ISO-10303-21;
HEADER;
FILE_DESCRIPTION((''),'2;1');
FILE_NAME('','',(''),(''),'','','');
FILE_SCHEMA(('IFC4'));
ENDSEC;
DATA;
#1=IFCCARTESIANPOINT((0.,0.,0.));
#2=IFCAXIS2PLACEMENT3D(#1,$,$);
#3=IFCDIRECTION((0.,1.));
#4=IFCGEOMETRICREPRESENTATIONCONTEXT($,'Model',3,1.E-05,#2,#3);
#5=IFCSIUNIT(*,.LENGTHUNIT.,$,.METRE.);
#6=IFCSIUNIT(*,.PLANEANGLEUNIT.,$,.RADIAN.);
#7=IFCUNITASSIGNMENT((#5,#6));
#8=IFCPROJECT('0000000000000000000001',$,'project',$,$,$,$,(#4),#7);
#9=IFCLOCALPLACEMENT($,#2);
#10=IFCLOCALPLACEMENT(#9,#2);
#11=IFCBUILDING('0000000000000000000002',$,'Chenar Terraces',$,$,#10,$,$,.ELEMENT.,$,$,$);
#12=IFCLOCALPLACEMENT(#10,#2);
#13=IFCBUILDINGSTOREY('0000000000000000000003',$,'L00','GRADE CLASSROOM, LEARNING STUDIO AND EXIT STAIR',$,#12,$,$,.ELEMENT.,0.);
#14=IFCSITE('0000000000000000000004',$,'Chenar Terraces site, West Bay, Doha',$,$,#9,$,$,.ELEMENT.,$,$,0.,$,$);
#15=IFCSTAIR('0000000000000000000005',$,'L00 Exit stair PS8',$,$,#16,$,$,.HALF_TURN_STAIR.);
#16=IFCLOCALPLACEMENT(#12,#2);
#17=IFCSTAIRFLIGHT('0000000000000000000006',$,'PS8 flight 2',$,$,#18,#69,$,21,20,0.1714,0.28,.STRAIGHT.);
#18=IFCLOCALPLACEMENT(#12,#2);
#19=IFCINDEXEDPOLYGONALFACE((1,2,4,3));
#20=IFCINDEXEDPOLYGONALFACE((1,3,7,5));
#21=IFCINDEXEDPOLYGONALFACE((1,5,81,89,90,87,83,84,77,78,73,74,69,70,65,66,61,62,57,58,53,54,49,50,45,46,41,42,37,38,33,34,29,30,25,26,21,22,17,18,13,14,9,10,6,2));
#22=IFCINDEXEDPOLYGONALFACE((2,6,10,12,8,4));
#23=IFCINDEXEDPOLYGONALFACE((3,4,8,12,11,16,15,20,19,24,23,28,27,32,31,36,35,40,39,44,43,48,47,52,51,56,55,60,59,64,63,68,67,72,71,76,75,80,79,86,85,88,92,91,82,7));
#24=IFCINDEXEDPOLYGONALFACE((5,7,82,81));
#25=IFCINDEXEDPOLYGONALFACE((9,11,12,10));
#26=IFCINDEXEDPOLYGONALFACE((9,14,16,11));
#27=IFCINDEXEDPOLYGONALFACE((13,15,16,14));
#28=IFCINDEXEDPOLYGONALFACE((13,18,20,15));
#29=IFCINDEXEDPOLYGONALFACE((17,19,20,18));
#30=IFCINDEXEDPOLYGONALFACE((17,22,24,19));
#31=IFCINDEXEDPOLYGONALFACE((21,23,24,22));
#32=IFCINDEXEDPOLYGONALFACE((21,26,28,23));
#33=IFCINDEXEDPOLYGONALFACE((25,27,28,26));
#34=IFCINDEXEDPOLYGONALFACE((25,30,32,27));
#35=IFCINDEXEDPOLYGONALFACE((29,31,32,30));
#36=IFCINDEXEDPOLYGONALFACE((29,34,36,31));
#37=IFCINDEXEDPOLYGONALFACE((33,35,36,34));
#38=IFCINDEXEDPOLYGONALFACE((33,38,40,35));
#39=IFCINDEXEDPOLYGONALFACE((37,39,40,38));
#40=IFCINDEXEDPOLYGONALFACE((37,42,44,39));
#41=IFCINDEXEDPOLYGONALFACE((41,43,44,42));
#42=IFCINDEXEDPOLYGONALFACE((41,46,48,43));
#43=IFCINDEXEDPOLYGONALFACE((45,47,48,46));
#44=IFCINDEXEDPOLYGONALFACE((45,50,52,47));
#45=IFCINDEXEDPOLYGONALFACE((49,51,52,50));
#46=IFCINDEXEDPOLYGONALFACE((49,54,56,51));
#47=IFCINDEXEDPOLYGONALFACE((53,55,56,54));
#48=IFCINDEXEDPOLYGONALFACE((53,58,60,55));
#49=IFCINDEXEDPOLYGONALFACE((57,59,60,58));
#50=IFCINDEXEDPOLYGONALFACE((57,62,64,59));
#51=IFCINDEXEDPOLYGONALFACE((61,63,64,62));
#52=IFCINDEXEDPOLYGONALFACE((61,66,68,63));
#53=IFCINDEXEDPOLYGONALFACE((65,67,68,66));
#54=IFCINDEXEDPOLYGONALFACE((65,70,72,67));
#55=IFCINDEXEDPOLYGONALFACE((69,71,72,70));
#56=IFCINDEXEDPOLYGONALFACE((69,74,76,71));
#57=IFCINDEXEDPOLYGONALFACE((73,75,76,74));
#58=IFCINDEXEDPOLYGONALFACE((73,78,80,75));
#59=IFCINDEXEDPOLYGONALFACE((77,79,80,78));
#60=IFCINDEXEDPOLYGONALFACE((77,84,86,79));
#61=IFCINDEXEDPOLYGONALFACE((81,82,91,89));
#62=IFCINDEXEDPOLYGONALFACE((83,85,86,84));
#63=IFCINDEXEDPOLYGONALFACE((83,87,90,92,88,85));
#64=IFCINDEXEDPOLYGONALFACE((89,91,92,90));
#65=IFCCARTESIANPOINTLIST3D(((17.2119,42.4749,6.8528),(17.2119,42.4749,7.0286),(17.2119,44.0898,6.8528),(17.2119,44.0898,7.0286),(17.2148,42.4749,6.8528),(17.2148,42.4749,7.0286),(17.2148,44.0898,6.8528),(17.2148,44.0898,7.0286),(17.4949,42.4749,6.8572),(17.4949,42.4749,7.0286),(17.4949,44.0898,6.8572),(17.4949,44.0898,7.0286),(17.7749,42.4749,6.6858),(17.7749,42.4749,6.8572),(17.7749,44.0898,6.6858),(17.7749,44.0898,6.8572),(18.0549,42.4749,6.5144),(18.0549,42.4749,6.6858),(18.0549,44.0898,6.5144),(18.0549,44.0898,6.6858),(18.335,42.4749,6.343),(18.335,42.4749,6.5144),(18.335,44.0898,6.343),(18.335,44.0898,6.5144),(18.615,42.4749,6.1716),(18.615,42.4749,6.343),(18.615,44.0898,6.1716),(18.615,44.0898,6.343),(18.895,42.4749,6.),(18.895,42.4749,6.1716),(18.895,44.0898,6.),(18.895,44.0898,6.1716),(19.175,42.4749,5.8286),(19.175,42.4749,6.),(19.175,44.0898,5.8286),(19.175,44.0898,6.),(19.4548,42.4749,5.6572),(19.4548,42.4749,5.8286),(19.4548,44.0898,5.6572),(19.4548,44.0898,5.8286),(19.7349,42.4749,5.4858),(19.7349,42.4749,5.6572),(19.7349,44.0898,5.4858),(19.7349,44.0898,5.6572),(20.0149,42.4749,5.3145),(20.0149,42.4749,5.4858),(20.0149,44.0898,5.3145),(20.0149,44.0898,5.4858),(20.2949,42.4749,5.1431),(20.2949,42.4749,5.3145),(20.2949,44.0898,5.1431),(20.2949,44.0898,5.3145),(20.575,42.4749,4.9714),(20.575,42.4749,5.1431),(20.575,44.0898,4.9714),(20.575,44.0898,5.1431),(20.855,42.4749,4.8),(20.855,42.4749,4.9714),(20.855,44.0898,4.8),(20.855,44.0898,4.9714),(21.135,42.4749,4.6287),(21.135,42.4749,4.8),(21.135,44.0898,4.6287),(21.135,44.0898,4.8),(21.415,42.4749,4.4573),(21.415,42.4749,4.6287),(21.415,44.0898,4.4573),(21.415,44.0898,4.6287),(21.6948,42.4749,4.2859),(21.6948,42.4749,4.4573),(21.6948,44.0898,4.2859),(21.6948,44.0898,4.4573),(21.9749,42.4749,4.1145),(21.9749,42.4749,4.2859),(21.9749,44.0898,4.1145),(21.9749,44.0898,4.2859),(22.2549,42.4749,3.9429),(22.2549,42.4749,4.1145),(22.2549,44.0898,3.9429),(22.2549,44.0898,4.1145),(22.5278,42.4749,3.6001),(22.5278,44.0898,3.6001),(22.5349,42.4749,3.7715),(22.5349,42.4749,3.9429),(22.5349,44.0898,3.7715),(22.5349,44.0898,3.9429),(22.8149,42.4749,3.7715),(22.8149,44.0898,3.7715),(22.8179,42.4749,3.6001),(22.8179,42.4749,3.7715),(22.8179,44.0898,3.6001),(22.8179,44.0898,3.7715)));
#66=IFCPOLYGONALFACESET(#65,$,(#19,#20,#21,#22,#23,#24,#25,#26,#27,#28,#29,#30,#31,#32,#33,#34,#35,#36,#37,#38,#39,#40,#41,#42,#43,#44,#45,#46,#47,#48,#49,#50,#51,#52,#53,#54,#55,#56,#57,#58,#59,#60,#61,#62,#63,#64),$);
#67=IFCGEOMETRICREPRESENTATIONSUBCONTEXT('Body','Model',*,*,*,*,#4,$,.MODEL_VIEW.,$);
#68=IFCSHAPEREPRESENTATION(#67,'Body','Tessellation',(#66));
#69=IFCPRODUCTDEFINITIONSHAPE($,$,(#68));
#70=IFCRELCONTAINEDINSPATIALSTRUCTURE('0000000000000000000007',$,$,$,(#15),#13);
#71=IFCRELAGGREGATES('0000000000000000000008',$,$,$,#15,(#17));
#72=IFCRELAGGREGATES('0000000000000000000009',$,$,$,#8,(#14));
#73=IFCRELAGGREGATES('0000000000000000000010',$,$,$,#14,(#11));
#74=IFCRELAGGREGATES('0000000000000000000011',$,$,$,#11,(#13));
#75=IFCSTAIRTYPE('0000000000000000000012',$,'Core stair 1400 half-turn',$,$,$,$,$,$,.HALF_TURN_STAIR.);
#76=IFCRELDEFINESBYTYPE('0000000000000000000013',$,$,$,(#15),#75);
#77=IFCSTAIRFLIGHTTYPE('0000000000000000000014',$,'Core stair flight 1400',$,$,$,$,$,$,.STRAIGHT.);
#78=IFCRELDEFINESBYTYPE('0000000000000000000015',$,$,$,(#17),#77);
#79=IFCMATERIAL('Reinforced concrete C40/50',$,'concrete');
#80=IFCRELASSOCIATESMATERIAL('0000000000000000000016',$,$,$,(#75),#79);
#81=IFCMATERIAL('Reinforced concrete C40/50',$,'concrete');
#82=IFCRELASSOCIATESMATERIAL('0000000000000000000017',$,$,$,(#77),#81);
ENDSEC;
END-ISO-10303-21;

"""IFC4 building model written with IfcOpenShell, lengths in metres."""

from ifc_helpers import new_model, si_unit, direction, frame, origin, place, context, subcontext, project, spatial, polyline, outline, extrude, material, type_object, element, aggregate, save


model = new_model("IFC4")

# Units and contexts
model_context = context("Model", 3, precision=1e-05, world=origin(), true_north=direction((0.0, 1.0)))
body_context = subcontext(model_context, "Body", "Model", "MODEL_VIEW")
ifc_project = project(units=[si_unit("LENGTHUNIT", "METRE"), si_unit("PLANEANGLEUNIT", "RADIAN")], contexts=[model_context])

# Site, building, storey
site_placement = place(None, origin())
site = spatial("IfcSite", under=ifc_project, at=site_placement, Name="Chenar Terraces site, West Bay, Doha", CompositionType="ELEMENT", RefElevation=0.0)
building_placement = place(site_placement, origin())
building = spatial("IfcBuilding", under=site, at=building_placement, Name="Chenar Terraces", CompositionType="ELEMENT")
storey_placement = place(building_placement, origin())
storey = spatial("IfcBuildingStorey", under=building, at=storey_placement, Name="L00", Description="GRADE CLASSROOM, LEARNING STUDIO AND EXIT STAIR", CompositionType="ELEMENT", Elevation=0.0)

# Stair, stair flight
ifc_material_1 = material(Name="Reinforced concrete C40/50", Category="concrete")
stair_type = type_object("IfcStairType", Name="Core stair 1400 half-turn", PredefinedType="HALF_TURN_STAIR", material=ifc_material_1)
placement = place(storey_placement, origin())
ifc_material_2 = material(Name="Reinforced concrete C40/50", Category="concrete")
stair_flight_type = type_object("IfcStairFlightType", Name="Core stair flight 1400", PredefinedType="STRAIGHT", material=ifc_material_2)
stair_1 = element("IfcStair", 1, at=placement, inside=storey, type_object=stair_type, Name="L00 Exit stair PS8", PredefinedType="HALF_TURN_STAIR")
stair_flight_1_placement = place(storey_placement, frame((22.8149, 43.2825, 3.6001), z_axis=(0.0, 0.0, 1.0), x_axis=(-1.0, 0.0, 0.0)))
stair_flight_1 = element("IfcStairFlight", 2, at=stair_flight_1_placement, type_object=stair_flight_type, Name="PS8 flight 2", NumberOfRisers=21, NumberOfTreads=20, PredefinedType="STRAIGHT", RiserHeight=0.1714, TreadLength=0.28, context=body_context, shape_type="SweptSolid", body=[
    extrude(outline(polyline([(-0.0029, 0.0), (-0.0029, 0.1714), (0.0, 0.1714), (0.28, 0.1714), (0.28, 0.3428), (0.5601, 0.3428), (0.5601, 0.5144), (0.8401, 0.5144), (0.8401, 0.6858), (1.1201, 0.6858), (1.1201, 0.8572), (1.3999, 0.8572), (1.3999, 1.0286), (1.6799, 1.0286), (1.6799, 1.2), (1.96, 1.2), (1.96, 1.3713), (2.24, 1.3713), (2.24, 1.543), (2.52, 1.543), (2.52, 1.7144), (2.8, 1.7144), (2.8, 1.8857), (3.0801, 1.8857), (3.0801, 2.0571), (3.3601, 2.0571), (3.3601, 2.2285), (3.6399, 2.2285), (3.6399, 2.3999), (3.9199, 2.3999), (3.9199, 2.5715), (4.2, 2.5715), (4.2, 2.7429), (4.48, 2.7429), (4.48, 2.9143), (4.76, 2.9143), (4.76, 3.0857), (5.04, 3.0857), (5.04, 3.2571), (5.3201, 3.2571), (5.3201, 3.4285), (5.6001, 3.4285), (5.603, 3.4285), (5.603, 3.2527), (5.6001, 3.2527), (0.2871, 0.0), (-0.0029, 0.0)])), frame((0.0, 0.8076, 0.0), z_axis=(0.0, -1.0, 0.0), x_axis=(1.0, 0.0, 0.0)), (0.0, 0.0, 1.0), 1.615),
])
aggregate(stair_1, [stair_flight_1])

save(model, "model.ifc")
